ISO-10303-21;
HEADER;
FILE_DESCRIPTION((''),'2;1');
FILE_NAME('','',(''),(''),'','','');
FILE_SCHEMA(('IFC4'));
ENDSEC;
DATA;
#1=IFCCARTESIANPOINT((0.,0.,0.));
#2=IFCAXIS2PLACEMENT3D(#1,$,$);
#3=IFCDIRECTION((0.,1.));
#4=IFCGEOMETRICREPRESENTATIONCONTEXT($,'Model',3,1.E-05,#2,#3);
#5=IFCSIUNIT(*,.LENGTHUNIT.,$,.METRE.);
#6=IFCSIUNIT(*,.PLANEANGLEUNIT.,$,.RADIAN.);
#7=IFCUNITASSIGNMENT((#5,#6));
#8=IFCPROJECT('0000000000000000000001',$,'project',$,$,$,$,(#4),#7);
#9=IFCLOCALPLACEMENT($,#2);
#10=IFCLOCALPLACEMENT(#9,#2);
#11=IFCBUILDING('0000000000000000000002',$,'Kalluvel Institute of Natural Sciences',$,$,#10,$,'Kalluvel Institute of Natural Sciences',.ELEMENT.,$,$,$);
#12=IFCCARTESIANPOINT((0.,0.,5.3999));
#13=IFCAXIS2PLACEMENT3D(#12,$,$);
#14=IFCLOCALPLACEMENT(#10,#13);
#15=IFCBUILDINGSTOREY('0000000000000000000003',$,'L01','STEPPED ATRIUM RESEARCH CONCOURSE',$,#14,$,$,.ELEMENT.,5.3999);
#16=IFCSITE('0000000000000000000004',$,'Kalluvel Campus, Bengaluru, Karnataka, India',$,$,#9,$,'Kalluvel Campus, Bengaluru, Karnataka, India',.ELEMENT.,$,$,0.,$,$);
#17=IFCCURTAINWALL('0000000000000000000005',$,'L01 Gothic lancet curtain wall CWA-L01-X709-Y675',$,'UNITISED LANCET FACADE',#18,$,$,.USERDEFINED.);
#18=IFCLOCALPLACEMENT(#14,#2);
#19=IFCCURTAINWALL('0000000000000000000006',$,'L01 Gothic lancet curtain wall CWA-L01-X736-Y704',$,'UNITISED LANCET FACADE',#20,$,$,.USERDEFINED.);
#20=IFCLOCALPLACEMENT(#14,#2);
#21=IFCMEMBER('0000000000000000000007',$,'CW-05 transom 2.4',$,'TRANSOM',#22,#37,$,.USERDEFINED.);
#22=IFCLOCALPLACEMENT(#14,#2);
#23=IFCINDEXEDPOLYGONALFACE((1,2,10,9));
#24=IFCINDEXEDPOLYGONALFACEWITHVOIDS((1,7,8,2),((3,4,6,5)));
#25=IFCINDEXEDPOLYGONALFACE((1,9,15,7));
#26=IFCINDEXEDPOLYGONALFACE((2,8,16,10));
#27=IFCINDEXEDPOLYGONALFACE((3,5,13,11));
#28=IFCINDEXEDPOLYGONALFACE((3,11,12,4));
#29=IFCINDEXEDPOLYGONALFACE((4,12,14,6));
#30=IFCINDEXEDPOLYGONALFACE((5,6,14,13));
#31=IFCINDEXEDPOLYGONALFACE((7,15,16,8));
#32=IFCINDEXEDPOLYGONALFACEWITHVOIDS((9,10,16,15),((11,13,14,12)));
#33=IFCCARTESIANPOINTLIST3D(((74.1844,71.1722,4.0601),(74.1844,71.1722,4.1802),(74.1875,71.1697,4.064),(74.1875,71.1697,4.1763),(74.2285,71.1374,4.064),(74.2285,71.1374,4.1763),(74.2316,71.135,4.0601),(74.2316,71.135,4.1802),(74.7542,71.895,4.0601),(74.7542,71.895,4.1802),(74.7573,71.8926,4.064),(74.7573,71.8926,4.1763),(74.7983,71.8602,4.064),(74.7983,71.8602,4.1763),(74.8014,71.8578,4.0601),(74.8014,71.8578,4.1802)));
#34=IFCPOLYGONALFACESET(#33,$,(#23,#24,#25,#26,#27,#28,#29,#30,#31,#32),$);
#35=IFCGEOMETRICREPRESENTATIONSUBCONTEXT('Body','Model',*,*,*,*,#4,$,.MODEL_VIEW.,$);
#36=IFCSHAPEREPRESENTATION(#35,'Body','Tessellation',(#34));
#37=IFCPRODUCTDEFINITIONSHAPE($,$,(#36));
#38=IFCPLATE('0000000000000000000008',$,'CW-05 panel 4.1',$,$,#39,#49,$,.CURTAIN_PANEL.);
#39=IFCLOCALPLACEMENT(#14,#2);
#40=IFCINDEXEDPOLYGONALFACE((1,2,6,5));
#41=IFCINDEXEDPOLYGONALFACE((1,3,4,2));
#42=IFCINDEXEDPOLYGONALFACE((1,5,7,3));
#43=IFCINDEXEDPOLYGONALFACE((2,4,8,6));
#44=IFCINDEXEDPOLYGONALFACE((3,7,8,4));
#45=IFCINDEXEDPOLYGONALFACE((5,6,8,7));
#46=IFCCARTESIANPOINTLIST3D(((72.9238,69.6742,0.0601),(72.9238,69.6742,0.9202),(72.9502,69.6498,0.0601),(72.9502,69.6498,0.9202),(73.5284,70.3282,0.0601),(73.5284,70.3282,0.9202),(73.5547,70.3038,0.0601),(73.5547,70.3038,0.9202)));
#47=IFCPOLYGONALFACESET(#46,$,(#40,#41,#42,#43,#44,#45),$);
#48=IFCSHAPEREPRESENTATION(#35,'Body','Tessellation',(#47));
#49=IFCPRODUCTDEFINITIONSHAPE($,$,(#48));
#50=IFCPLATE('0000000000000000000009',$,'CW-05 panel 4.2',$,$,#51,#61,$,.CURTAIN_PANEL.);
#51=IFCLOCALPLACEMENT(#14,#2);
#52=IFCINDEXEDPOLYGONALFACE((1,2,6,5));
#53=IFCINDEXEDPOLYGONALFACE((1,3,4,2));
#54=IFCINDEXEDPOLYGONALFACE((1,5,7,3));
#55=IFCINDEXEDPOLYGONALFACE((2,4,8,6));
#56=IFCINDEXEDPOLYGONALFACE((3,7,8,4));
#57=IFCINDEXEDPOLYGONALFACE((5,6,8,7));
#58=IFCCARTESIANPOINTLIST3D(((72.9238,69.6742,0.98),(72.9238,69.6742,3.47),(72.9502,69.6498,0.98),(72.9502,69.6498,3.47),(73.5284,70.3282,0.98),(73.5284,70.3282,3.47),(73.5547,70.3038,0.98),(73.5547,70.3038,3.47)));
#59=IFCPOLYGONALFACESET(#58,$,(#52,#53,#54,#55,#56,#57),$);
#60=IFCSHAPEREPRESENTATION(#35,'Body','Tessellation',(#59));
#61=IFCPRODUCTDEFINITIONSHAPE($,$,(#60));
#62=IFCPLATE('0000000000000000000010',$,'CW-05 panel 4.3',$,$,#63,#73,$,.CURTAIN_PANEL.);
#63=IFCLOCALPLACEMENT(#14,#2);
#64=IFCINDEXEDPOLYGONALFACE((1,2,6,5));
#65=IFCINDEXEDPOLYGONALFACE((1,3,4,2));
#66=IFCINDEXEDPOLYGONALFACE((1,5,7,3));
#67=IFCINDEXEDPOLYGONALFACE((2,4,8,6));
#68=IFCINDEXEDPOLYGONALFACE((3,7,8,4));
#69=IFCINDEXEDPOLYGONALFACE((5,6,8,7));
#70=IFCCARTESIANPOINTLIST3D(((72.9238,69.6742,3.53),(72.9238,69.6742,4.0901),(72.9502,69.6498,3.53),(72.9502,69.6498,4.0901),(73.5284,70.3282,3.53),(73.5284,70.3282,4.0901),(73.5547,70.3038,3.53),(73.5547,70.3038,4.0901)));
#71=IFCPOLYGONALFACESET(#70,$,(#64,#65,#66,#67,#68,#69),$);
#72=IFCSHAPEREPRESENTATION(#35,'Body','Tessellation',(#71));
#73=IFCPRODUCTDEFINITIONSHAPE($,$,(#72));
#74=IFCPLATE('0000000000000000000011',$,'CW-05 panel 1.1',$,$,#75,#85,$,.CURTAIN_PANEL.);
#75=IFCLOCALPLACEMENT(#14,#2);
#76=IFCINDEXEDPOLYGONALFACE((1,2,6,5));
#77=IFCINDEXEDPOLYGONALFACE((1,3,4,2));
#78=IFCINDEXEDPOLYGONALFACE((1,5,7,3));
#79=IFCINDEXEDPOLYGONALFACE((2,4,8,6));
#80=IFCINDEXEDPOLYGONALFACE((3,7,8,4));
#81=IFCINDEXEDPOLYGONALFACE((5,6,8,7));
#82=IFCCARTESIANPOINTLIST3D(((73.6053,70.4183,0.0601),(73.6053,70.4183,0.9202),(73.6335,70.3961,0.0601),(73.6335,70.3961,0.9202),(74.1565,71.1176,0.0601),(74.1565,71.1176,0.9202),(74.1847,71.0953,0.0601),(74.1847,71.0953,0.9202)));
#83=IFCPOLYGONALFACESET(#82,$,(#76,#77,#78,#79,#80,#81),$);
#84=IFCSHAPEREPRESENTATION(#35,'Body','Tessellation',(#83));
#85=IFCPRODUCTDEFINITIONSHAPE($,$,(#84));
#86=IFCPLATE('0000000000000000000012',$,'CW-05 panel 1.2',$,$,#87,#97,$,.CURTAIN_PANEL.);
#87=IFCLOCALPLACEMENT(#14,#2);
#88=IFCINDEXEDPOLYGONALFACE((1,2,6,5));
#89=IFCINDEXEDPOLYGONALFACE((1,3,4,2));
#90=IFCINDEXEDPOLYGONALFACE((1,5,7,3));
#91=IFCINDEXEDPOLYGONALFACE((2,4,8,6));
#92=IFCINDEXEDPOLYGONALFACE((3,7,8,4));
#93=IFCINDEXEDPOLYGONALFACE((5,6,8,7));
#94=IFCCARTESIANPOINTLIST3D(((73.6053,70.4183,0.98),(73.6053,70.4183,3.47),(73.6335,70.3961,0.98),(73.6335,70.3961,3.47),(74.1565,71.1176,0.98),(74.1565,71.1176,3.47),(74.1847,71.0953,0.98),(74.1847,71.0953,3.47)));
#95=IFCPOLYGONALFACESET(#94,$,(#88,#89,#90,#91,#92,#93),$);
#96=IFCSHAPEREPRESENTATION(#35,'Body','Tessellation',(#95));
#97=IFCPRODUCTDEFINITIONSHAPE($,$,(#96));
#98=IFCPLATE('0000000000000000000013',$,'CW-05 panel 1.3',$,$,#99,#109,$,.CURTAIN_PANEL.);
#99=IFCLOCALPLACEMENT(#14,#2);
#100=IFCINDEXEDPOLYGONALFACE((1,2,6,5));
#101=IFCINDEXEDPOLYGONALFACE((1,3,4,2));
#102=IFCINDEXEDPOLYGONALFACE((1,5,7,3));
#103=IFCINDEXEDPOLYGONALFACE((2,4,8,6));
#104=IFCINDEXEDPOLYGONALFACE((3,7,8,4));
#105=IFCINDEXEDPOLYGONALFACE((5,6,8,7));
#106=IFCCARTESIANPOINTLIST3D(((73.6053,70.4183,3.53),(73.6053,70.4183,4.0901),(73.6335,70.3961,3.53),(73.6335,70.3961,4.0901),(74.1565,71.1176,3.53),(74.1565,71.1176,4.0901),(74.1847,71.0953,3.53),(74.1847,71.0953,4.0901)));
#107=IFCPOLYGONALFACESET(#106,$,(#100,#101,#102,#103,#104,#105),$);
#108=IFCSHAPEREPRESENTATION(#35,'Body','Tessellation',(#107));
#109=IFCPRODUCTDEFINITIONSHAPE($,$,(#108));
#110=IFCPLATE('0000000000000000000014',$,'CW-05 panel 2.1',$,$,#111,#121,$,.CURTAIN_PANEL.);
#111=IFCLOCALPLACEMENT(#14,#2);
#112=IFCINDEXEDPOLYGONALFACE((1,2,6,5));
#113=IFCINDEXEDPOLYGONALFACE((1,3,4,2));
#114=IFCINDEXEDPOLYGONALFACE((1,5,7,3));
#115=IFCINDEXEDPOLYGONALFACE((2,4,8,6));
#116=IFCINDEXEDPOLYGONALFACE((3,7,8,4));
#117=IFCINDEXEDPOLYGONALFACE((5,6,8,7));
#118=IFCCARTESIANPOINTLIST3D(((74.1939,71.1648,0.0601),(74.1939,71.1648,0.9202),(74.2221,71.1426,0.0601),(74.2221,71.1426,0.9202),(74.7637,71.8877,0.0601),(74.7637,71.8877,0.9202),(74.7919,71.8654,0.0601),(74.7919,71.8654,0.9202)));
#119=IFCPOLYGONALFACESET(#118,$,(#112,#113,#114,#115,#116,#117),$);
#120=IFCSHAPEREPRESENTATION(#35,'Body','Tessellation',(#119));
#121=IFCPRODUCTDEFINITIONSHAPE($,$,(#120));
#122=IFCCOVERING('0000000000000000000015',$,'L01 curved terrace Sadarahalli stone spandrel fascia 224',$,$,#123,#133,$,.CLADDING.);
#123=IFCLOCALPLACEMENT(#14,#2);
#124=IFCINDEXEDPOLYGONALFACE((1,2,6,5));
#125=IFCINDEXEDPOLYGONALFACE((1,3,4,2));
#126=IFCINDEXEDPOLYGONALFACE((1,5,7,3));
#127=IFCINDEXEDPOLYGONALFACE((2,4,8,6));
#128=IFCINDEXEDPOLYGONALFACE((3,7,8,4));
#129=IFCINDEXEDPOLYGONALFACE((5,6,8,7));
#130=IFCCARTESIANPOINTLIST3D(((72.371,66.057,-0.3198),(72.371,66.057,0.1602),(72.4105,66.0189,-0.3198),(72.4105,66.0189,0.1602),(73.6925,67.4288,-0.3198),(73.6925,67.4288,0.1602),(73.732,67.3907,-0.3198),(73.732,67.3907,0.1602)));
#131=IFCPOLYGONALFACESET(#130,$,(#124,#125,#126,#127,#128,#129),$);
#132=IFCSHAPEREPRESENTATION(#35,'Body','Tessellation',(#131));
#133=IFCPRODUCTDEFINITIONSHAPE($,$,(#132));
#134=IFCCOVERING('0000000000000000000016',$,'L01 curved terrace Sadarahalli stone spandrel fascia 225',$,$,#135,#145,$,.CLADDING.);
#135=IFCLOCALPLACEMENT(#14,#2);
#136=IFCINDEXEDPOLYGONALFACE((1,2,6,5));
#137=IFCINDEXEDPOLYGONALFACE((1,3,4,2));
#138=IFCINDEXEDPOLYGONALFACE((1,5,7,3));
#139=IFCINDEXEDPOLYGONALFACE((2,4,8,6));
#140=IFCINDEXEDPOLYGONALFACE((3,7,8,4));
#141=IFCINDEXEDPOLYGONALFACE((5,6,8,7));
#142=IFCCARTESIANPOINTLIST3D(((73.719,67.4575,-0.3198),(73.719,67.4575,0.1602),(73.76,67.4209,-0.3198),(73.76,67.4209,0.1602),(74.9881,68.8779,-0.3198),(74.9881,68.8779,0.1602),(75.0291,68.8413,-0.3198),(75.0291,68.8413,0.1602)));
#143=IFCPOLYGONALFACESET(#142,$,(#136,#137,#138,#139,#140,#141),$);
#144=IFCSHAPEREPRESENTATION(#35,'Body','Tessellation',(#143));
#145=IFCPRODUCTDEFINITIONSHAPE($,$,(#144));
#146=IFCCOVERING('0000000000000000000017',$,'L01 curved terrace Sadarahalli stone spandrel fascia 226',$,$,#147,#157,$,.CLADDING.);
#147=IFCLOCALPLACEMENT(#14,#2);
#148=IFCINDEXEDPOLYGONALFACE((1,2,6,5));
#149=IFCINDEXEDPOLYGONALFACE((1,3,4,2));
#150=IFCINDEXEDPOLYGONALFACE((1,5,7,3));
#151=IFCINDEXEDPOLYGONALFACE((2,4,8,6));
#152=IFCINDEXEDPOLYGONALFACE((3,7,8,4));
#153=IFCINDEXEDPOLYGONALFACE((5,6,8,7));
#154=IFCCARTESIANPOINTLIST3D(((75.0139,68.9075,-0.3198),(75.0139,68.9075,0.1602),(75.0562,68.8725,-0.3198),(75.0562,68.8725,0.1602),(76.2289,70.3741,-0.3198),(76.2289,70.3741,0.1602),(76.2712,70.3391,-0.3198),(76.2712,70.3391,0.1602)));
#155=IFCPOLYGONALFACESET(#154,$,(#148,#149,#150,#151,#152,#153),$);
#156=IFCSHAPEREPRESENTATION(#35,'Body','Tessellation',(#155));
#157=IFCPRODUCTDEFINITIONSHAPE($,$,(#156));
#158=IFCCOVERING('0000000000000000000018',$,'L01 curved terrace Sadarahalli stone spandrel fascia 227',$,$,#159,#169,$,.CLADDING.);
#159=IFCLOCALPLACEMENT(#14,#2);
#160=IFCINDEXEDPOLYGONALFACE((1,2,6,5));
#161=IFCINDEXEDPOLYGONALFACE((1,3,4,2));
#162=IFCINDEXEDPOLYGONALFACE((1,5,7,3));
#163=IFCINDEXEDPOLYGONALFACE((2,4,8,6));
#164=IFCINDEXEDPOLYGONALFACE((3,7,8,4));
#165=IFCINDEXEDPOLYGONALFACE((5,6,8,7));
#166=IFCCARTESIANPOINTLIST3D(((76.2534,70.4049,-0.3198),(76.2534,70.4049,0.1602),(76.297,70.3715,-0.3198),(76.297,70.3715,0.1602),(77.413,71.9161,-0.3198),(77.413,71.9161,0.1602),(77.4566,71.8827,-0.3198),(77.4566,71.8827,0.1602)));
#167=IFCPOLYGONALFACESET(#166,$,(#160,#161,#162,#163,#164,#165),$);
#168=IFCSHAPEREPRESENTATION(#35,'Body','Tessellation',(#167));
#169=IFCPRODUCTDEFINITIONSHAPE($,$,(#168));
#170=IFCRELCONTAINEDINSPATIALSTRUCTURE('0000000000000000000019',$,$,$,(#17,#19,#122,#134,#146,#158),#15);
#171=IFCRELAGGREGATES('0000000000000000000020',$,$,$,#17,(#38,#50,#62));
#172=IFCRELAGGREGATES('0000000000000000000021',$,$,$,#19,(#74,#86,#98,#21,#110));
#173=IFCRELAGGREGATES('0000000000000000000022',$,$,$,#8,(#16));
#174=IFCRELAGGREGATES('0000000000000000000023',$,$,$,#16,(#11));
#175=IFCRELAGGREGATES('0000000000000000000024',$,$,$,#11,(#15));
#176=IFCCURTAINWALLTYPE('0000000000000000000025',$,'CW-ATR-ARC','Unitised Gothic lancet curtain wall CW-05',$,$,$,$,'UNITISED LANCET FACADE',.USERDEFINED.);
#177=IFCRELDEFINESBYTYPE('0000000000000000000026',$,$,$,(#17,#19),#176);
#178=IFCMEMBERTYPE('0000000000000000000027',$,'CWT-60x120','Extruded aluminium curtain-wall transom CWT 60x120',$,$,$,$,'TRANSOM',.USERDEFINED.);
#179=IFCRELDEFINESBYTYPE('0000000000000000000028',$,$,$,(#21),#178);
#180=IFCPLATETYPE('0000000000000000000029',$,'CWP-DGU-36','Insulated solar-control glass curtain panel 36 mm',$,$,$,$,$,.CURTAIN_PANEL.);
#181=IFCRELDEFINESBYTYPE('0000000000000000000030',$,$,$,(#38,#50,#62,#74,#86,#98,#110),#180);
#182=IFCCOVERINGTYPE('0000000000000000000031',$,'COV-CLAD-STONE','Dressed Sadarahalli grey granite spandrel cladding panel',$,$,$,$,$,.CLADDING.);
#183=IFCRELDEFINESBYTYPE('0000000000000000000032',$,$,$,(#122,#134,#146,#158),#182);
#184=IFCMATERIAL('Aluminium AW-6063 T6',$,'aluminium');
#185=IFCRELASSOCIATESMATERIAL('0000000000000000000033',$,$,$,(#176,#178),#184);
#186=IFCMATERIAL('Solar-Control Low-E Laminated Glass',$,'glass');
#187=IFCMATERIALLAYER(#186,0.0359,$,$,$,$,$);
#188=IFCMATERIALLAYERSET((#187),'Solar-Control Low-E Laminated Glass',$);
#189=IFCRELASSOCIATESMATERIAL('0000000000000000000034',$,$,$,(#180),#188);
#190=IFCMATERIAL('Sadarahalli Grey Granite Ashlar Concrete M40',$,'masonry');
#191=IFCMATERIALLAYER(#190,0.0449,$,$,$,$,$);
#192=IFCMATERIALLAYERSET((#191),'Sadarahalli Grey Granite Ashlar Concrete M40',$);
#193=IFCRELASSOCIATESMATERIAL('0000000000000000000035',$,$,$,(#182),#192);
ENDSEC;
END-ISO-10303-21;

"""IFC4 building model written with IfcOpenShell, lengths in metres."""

from ifc_helpers import new_model, si_unit, direction, frame, origin, origin_2d, place, context, subcontext, project, spatial, rectangle, hollow_rectangle, extrude, material, layer, layer_set, material_profile, profile_set, type_object, element, aggregate, save


model = new_model("IFC4")

# Units and contexts
model_context = context("Model", 3, precision=1e-05, world=origin(), true_north=direction((0.0, 1.0)))
body_context = subcontext(model_context, "Body", "Model", "MODEL_VIEW")
ifc_project = project(units=[si_unit("LENGTHUNIT", "METRE"), si_unit("PLANEANGLEUNIT", "RADIAN")], contexts=[model_context])

# Site, building, storey
site_placement = place(None, origin())
site = spatial("IfcSite", under=ifc_project, at=site_placement, Name="Kalluvel Campus, Bengaluru, Karnataka, India", LongName="Kalluvel Campus, Bengaluru, Karnataka, India", CompositionType="ELEMENT", RefElevation=0.0)
building_placement = place(site_placement, origin())
building = spatial("IfcBuilding", under=site, at=building_placement, Name="Kalluvel Institute of Natural Sciences", LongName="Kalluvel Institute of Natural Sciences", CompositionType="ELEMENT")
storey_placement = place(building_placement, frame((0.0, 0.0, 5.3999)))
storey = spatial("IfcBuildingStorey", under=building, at=storey_placement, Name="L01", Description="STEPPED ATRIUM RESEARCH CONCOURSE", CompositionType="ELEMENT", Elevation=5.3999)

# Curtain wall
ifc_material_1 = material(Name="Aluminium AW-6063 T6", Category="aluminium")
curtain_wall_type = type_object("IfcCurtainWallType", Name="CW-ATR-ARC", Description="Unitised Gothic lancet curtain wall CW-05", ElementType="UNITISED LANCET FACADE", PredefinedType="USERDEFINED", material=ifc_material_1)
curtain_wall_1_placement = place(storey_placement, origin())
curtain_wall_1 = element("IfcCurtainWall", 1, at=curtain_wall_1_placement, inside=storey, type_object=curtain_wall_type, Name="L01 Gothic lancet curtain wall CWA-L01-X709-Y675", ObjectType="UNITISED LANCET FACADE", PredefinedType="USERDEFINED")

# Curtain wall
curtain_wall_2_placement = place(storey_placement, origin())
curtain_wall_2 = element("IfcCurtainWall", 2, at=curtain_wall_2_placement, inside=storey, type_object=curtain_wall_type, Name="L01 Gothic lancet curtain wall CWA-L01-X736-Y704", ObjectType="UNITISED LANCET FACADE", PredefinedType="USERDEFINED")

# Member
ifc_material_profile_1 = material_profile(ifc_material_1, hollow_rectangle(XDim=0.0601, YDim=0.1201, WallThickness=0.0039, at=origin_2d()), Name="CWT 60x120")
ifc_profile_set_1 = profile_set([ifc_material_profile_1], Name="Aluminium AW-6063 T6")
member_type_1 = type_object("IfcMemberType", Name="CWT-60x120", Description="Extruded aluminium curtain-wall transom CWT 60x120", ElementType="TRANSOM", PredefinedType="USERDEFINED", material=ifc_profile_set_1)
member_1_placement = place(storey_placement, frame((74.208, 71.1536, 4.1201), z_axis=(0.619051, 0.785351, 0.0), x_axis=(-0.785351, 0.619051, 0.0)))
member_1 = element("IfcMember", 3, at=member_1_placement, type_object=member_type_1, Name="CW-05 transom 2.4", ObjectType="TRANSOM", PredefinedType="USERDEFINED", context=body_context, shape_type="SweptSolid", body=[
    extrude(hollow_rectangle(XDim=0.0601, YDim=0.1201, WallThickness=0.0039, at=origin_2d()), origin(), (0.0, 0.0, 1.0), 0.9204),
])

# Plates
ifc_material_2 = material(Name="Solar-Control Low-E Laminated Glass", Category="glass")
ifc_layer_1 = layer(ifc_material_2, 0.0359)
ifc_layer_set_1 = layer_set([ifc_layer_1], Name="Solar-Control Low-E Laminated Glass")
plate_type = type_object("IfcPlateType", Name="CWP-DGU-36", Description="Insulated solar-control glass curtain panel 36 mm", PredefinedType="CURTAIN_PANEL", material=ifc_layer_set_1)
plate_1_placement = place(storey_placement, frame((73.2393, 69.989, 0.0601), z_axis=(0.0, 0.0, 1.0), x_axis=(0.678796, 0.734327, 0.0)))
plate_1 = element("IfcPlate", 4, at=plate_1_placement, type_object=plate_type, Name="CW-05 panel 4.1", PredefinedType="CURTAIN_PANEL", context=body_context, shape_type="SweptSolid", body=[
    extrude(rectangle(XDim=0.8906, YDim=0.0359, at=origin_2d()), origin(), (0.0, 0.0, 1.0), 0.8601),
])
plate_2_placement = place(storey_placement, frame((73.2393, 69.989, 0.98), z_axis=(0.0, 0.0, 1.0), x_axis=(0.678796, 0.734327, 0.0)))
plate_2 = element("IfcPlate", 5, at=plate_2_placement, type_object=plate_type, Name="CW-05 panel 4.2", PredefinedType="CURTAIN_PANEL", context=body_context, shape_type="SweptSolid", body=[
    extrude(rectangle(XDim=0.8906, YDim=0.0359, at=origin_2d()), origin(), (0.0, 0.0, 1.0), 2.49),
])
plate_3_placement = place(storey_placement, frame((73.2393, 69.989, 3.53), z_axis=(0.0, 0.0, 1.0), x_axis=(0.678796, 0.734327, 0.0)))
plate_3 = element("IfcPlate", 6, at=plate_3_placement, type_object=plate_type, Name="CW-05 panel 4.3", PredefinedType="CURTAIN_PANEL", context=body_context, shape_type="SweptSolid", body=[
    extrude(rectangle(XDim=0.8906, YDim=0.0359, at=origin_2d()), origin(), (0.0, 0.0, 1.0), 0.5601),
])
aggregate(curtain_wall_1, [plate_1, plate_2, plate_3])
plate_4_placement = place(storey_placement, frame((73.895, 70.7568, 0.0601), z_axis=(0.0, 0.0, 1.0), x_axis=(0.619098, 0.785314, 0.0)))
plate_4 = element("IfcPlate", 7, at=plate_4_placement, type_object=plate_type, Name="CW-05 panel 1.1", PredefinedType="CURTAIN_PANEL", context=body_context, shape_type="SweptSolid", body=[
    extrude(rectangle(XDim=0.8904, YDim=0.0359, at=origin_2d()), origin(), (0.0, 0.0, 1.0), 0.8601),
])
plate_5_placement = place(storey_placement, frame((73.895, 70.7568, 0.98), z_axis=(0.0, 0.0, 1.0), x_axis=(0.619098, 0.785314, 0.0)))
plate_5 = element("IfcPlate", 8, at=plate_5_placement, type_object=plate_type, Name="CW-05 panel 1.2", PredefinedType="CURTAIN_PANEL", context=body_context, shape_type="SweptSolid", body=[
    extrude(rectangle(XDim=0.8904, YDim=0.0359, at=origin_2d()), origin(), (0.0, 0.0, 1.0), 2.49),
])
plate_6_placement = place(storey_placement, frame((73.895, 70.7568, 3.53), z_axis=(0.0, 0.0, 1.0), x_axis=(0.619098, 0.785314, 0.0)))
plate_6 = element("IfcPlate", 9, at=plate_6_placement, type_object=plate_type, Name="CW-05 panel 1.3", PredefinedType="CURTAIN_PANEL", context=body_context, shape_type="SweptSolid", body=[
    extrude(rectangle(XDim=0.8904, YDim=0.0359, at=origin_2d()), origin(), (0.0, 0.0, 1.0), 0.5601),
])
plate_7_placement = place(storey_placement, frame((74.4929, 71.5151, 0.0601), z_axis=(0.0, 0.0, 1.0), x_axis=(0.619098, 0.785314, 0.0)))
plate_7 = element("IfcPlate", 10, at=plate_7_placement, type_object=plate_type, Name="CW-05 panel 2.1", PredefinedType="CURTAIN_PANEL", context=body_context, shape_type="SweptSolid", body=[
    extrude(rectangle(XDim=0.9204, YDim=0.0359, at=origin_2d()), origin(), (0.0, 0.0, 1.0), 0.8601),
])
aggregate(curtain_wall_2, [plate_4, plate_5, plate_6, member_1, plate_7])

# Coverings
ifc_material_3 = material(Name="Sadarahalli Grey Granite Ashlar Concrete M40", Category="masonry")
ifc_layer_2 = layer(ifc_material_3, 0.0449)
ifc_layer_set_2 = layer_set([ifc_layer_2], Name="Sadarahalli Grey Granite Ashlar Concrete M40")
covering_type = type_object("IfcCoveringType", Name="COV-CLAD-STONE", Description="Dressed Sadarahalli grey granite spandrel cladding panel", PredefinedType="CLADDING", material=ifc_layer_set_2)
for number, where, z_axis, x_axis, name in (
    (11, (73.0515, 66.7239, -0.3198), (0.0, 0.0, 1.0), (0.693779, 0.720188, 0.0), "L01 curved terrace Sadarahalli stone spandrel fascia 224"),
    (12, (74.374, 68.1494, -0.3198), (0.0, 0.0, 1.0), (0.666272, 0.745709, 0.0), "L01 curved terrace Sadarahalli stone spandrel fascia 225"),
):
    element("IfcCovering", number, at=place(storey_placement, frame(where, z_axis=z_axis, x_axis=x_axis)), inside=storey, type_object=covering_type, Name=name, PredefinedType="CLADDING", context=body_context, shape_type="SweptSolid", body=[
        extrude(rectangle(XDim=1.9048, YDim=0.0549, at=origin_2d()), origin(), (0.0, 0.0, 1.0), 0.48),
    ])
covering_1_placement = place(storey_placement, frame((75.6426, 69.6233, -0.3198), z_axis=(0.0, 0.0, 1.0), x_axis=(0.637962, 0.770068, 0.0)))
element("IfcCovering", 13, at=covering_1_placement, inside=storey, type_object=covering_type, Name="L01 curved terrace Sadarahalli stone spandrel fascia 226", PredefinedType="CLADDING", context=body_context, shape_type="SweptSolid", body=[
    extrude(rectangle(XDim=1.9045, YDim=0.0549, at=origin_2d()), origin(), (0.0, 0.0, 1.0), 0.48),
])
covering_2_placement = place(storey_placement, frame((76.855, 71.1438, -0.3198), z_axis=(0.0, 0.0, 1.0), x_axis=(0.608761, 0.793353, 0.0)))
element("IfcCovering", 14, at=covering_2_placement, inside=storey, type_object=covering_type, Name="L01 curved terrace Sadarahalli stone spandrel fascia 227", PredefinedType="CLADDING", context=body_context, shape_type="SweptSolid", body=[
    extrude(rectangle(XDim=1.9048, YDim=0.0549, at=origin_2d()), origin(), (0.0, 0.0, 1.0), 0.48),
])

save(model, "model.ifc")
